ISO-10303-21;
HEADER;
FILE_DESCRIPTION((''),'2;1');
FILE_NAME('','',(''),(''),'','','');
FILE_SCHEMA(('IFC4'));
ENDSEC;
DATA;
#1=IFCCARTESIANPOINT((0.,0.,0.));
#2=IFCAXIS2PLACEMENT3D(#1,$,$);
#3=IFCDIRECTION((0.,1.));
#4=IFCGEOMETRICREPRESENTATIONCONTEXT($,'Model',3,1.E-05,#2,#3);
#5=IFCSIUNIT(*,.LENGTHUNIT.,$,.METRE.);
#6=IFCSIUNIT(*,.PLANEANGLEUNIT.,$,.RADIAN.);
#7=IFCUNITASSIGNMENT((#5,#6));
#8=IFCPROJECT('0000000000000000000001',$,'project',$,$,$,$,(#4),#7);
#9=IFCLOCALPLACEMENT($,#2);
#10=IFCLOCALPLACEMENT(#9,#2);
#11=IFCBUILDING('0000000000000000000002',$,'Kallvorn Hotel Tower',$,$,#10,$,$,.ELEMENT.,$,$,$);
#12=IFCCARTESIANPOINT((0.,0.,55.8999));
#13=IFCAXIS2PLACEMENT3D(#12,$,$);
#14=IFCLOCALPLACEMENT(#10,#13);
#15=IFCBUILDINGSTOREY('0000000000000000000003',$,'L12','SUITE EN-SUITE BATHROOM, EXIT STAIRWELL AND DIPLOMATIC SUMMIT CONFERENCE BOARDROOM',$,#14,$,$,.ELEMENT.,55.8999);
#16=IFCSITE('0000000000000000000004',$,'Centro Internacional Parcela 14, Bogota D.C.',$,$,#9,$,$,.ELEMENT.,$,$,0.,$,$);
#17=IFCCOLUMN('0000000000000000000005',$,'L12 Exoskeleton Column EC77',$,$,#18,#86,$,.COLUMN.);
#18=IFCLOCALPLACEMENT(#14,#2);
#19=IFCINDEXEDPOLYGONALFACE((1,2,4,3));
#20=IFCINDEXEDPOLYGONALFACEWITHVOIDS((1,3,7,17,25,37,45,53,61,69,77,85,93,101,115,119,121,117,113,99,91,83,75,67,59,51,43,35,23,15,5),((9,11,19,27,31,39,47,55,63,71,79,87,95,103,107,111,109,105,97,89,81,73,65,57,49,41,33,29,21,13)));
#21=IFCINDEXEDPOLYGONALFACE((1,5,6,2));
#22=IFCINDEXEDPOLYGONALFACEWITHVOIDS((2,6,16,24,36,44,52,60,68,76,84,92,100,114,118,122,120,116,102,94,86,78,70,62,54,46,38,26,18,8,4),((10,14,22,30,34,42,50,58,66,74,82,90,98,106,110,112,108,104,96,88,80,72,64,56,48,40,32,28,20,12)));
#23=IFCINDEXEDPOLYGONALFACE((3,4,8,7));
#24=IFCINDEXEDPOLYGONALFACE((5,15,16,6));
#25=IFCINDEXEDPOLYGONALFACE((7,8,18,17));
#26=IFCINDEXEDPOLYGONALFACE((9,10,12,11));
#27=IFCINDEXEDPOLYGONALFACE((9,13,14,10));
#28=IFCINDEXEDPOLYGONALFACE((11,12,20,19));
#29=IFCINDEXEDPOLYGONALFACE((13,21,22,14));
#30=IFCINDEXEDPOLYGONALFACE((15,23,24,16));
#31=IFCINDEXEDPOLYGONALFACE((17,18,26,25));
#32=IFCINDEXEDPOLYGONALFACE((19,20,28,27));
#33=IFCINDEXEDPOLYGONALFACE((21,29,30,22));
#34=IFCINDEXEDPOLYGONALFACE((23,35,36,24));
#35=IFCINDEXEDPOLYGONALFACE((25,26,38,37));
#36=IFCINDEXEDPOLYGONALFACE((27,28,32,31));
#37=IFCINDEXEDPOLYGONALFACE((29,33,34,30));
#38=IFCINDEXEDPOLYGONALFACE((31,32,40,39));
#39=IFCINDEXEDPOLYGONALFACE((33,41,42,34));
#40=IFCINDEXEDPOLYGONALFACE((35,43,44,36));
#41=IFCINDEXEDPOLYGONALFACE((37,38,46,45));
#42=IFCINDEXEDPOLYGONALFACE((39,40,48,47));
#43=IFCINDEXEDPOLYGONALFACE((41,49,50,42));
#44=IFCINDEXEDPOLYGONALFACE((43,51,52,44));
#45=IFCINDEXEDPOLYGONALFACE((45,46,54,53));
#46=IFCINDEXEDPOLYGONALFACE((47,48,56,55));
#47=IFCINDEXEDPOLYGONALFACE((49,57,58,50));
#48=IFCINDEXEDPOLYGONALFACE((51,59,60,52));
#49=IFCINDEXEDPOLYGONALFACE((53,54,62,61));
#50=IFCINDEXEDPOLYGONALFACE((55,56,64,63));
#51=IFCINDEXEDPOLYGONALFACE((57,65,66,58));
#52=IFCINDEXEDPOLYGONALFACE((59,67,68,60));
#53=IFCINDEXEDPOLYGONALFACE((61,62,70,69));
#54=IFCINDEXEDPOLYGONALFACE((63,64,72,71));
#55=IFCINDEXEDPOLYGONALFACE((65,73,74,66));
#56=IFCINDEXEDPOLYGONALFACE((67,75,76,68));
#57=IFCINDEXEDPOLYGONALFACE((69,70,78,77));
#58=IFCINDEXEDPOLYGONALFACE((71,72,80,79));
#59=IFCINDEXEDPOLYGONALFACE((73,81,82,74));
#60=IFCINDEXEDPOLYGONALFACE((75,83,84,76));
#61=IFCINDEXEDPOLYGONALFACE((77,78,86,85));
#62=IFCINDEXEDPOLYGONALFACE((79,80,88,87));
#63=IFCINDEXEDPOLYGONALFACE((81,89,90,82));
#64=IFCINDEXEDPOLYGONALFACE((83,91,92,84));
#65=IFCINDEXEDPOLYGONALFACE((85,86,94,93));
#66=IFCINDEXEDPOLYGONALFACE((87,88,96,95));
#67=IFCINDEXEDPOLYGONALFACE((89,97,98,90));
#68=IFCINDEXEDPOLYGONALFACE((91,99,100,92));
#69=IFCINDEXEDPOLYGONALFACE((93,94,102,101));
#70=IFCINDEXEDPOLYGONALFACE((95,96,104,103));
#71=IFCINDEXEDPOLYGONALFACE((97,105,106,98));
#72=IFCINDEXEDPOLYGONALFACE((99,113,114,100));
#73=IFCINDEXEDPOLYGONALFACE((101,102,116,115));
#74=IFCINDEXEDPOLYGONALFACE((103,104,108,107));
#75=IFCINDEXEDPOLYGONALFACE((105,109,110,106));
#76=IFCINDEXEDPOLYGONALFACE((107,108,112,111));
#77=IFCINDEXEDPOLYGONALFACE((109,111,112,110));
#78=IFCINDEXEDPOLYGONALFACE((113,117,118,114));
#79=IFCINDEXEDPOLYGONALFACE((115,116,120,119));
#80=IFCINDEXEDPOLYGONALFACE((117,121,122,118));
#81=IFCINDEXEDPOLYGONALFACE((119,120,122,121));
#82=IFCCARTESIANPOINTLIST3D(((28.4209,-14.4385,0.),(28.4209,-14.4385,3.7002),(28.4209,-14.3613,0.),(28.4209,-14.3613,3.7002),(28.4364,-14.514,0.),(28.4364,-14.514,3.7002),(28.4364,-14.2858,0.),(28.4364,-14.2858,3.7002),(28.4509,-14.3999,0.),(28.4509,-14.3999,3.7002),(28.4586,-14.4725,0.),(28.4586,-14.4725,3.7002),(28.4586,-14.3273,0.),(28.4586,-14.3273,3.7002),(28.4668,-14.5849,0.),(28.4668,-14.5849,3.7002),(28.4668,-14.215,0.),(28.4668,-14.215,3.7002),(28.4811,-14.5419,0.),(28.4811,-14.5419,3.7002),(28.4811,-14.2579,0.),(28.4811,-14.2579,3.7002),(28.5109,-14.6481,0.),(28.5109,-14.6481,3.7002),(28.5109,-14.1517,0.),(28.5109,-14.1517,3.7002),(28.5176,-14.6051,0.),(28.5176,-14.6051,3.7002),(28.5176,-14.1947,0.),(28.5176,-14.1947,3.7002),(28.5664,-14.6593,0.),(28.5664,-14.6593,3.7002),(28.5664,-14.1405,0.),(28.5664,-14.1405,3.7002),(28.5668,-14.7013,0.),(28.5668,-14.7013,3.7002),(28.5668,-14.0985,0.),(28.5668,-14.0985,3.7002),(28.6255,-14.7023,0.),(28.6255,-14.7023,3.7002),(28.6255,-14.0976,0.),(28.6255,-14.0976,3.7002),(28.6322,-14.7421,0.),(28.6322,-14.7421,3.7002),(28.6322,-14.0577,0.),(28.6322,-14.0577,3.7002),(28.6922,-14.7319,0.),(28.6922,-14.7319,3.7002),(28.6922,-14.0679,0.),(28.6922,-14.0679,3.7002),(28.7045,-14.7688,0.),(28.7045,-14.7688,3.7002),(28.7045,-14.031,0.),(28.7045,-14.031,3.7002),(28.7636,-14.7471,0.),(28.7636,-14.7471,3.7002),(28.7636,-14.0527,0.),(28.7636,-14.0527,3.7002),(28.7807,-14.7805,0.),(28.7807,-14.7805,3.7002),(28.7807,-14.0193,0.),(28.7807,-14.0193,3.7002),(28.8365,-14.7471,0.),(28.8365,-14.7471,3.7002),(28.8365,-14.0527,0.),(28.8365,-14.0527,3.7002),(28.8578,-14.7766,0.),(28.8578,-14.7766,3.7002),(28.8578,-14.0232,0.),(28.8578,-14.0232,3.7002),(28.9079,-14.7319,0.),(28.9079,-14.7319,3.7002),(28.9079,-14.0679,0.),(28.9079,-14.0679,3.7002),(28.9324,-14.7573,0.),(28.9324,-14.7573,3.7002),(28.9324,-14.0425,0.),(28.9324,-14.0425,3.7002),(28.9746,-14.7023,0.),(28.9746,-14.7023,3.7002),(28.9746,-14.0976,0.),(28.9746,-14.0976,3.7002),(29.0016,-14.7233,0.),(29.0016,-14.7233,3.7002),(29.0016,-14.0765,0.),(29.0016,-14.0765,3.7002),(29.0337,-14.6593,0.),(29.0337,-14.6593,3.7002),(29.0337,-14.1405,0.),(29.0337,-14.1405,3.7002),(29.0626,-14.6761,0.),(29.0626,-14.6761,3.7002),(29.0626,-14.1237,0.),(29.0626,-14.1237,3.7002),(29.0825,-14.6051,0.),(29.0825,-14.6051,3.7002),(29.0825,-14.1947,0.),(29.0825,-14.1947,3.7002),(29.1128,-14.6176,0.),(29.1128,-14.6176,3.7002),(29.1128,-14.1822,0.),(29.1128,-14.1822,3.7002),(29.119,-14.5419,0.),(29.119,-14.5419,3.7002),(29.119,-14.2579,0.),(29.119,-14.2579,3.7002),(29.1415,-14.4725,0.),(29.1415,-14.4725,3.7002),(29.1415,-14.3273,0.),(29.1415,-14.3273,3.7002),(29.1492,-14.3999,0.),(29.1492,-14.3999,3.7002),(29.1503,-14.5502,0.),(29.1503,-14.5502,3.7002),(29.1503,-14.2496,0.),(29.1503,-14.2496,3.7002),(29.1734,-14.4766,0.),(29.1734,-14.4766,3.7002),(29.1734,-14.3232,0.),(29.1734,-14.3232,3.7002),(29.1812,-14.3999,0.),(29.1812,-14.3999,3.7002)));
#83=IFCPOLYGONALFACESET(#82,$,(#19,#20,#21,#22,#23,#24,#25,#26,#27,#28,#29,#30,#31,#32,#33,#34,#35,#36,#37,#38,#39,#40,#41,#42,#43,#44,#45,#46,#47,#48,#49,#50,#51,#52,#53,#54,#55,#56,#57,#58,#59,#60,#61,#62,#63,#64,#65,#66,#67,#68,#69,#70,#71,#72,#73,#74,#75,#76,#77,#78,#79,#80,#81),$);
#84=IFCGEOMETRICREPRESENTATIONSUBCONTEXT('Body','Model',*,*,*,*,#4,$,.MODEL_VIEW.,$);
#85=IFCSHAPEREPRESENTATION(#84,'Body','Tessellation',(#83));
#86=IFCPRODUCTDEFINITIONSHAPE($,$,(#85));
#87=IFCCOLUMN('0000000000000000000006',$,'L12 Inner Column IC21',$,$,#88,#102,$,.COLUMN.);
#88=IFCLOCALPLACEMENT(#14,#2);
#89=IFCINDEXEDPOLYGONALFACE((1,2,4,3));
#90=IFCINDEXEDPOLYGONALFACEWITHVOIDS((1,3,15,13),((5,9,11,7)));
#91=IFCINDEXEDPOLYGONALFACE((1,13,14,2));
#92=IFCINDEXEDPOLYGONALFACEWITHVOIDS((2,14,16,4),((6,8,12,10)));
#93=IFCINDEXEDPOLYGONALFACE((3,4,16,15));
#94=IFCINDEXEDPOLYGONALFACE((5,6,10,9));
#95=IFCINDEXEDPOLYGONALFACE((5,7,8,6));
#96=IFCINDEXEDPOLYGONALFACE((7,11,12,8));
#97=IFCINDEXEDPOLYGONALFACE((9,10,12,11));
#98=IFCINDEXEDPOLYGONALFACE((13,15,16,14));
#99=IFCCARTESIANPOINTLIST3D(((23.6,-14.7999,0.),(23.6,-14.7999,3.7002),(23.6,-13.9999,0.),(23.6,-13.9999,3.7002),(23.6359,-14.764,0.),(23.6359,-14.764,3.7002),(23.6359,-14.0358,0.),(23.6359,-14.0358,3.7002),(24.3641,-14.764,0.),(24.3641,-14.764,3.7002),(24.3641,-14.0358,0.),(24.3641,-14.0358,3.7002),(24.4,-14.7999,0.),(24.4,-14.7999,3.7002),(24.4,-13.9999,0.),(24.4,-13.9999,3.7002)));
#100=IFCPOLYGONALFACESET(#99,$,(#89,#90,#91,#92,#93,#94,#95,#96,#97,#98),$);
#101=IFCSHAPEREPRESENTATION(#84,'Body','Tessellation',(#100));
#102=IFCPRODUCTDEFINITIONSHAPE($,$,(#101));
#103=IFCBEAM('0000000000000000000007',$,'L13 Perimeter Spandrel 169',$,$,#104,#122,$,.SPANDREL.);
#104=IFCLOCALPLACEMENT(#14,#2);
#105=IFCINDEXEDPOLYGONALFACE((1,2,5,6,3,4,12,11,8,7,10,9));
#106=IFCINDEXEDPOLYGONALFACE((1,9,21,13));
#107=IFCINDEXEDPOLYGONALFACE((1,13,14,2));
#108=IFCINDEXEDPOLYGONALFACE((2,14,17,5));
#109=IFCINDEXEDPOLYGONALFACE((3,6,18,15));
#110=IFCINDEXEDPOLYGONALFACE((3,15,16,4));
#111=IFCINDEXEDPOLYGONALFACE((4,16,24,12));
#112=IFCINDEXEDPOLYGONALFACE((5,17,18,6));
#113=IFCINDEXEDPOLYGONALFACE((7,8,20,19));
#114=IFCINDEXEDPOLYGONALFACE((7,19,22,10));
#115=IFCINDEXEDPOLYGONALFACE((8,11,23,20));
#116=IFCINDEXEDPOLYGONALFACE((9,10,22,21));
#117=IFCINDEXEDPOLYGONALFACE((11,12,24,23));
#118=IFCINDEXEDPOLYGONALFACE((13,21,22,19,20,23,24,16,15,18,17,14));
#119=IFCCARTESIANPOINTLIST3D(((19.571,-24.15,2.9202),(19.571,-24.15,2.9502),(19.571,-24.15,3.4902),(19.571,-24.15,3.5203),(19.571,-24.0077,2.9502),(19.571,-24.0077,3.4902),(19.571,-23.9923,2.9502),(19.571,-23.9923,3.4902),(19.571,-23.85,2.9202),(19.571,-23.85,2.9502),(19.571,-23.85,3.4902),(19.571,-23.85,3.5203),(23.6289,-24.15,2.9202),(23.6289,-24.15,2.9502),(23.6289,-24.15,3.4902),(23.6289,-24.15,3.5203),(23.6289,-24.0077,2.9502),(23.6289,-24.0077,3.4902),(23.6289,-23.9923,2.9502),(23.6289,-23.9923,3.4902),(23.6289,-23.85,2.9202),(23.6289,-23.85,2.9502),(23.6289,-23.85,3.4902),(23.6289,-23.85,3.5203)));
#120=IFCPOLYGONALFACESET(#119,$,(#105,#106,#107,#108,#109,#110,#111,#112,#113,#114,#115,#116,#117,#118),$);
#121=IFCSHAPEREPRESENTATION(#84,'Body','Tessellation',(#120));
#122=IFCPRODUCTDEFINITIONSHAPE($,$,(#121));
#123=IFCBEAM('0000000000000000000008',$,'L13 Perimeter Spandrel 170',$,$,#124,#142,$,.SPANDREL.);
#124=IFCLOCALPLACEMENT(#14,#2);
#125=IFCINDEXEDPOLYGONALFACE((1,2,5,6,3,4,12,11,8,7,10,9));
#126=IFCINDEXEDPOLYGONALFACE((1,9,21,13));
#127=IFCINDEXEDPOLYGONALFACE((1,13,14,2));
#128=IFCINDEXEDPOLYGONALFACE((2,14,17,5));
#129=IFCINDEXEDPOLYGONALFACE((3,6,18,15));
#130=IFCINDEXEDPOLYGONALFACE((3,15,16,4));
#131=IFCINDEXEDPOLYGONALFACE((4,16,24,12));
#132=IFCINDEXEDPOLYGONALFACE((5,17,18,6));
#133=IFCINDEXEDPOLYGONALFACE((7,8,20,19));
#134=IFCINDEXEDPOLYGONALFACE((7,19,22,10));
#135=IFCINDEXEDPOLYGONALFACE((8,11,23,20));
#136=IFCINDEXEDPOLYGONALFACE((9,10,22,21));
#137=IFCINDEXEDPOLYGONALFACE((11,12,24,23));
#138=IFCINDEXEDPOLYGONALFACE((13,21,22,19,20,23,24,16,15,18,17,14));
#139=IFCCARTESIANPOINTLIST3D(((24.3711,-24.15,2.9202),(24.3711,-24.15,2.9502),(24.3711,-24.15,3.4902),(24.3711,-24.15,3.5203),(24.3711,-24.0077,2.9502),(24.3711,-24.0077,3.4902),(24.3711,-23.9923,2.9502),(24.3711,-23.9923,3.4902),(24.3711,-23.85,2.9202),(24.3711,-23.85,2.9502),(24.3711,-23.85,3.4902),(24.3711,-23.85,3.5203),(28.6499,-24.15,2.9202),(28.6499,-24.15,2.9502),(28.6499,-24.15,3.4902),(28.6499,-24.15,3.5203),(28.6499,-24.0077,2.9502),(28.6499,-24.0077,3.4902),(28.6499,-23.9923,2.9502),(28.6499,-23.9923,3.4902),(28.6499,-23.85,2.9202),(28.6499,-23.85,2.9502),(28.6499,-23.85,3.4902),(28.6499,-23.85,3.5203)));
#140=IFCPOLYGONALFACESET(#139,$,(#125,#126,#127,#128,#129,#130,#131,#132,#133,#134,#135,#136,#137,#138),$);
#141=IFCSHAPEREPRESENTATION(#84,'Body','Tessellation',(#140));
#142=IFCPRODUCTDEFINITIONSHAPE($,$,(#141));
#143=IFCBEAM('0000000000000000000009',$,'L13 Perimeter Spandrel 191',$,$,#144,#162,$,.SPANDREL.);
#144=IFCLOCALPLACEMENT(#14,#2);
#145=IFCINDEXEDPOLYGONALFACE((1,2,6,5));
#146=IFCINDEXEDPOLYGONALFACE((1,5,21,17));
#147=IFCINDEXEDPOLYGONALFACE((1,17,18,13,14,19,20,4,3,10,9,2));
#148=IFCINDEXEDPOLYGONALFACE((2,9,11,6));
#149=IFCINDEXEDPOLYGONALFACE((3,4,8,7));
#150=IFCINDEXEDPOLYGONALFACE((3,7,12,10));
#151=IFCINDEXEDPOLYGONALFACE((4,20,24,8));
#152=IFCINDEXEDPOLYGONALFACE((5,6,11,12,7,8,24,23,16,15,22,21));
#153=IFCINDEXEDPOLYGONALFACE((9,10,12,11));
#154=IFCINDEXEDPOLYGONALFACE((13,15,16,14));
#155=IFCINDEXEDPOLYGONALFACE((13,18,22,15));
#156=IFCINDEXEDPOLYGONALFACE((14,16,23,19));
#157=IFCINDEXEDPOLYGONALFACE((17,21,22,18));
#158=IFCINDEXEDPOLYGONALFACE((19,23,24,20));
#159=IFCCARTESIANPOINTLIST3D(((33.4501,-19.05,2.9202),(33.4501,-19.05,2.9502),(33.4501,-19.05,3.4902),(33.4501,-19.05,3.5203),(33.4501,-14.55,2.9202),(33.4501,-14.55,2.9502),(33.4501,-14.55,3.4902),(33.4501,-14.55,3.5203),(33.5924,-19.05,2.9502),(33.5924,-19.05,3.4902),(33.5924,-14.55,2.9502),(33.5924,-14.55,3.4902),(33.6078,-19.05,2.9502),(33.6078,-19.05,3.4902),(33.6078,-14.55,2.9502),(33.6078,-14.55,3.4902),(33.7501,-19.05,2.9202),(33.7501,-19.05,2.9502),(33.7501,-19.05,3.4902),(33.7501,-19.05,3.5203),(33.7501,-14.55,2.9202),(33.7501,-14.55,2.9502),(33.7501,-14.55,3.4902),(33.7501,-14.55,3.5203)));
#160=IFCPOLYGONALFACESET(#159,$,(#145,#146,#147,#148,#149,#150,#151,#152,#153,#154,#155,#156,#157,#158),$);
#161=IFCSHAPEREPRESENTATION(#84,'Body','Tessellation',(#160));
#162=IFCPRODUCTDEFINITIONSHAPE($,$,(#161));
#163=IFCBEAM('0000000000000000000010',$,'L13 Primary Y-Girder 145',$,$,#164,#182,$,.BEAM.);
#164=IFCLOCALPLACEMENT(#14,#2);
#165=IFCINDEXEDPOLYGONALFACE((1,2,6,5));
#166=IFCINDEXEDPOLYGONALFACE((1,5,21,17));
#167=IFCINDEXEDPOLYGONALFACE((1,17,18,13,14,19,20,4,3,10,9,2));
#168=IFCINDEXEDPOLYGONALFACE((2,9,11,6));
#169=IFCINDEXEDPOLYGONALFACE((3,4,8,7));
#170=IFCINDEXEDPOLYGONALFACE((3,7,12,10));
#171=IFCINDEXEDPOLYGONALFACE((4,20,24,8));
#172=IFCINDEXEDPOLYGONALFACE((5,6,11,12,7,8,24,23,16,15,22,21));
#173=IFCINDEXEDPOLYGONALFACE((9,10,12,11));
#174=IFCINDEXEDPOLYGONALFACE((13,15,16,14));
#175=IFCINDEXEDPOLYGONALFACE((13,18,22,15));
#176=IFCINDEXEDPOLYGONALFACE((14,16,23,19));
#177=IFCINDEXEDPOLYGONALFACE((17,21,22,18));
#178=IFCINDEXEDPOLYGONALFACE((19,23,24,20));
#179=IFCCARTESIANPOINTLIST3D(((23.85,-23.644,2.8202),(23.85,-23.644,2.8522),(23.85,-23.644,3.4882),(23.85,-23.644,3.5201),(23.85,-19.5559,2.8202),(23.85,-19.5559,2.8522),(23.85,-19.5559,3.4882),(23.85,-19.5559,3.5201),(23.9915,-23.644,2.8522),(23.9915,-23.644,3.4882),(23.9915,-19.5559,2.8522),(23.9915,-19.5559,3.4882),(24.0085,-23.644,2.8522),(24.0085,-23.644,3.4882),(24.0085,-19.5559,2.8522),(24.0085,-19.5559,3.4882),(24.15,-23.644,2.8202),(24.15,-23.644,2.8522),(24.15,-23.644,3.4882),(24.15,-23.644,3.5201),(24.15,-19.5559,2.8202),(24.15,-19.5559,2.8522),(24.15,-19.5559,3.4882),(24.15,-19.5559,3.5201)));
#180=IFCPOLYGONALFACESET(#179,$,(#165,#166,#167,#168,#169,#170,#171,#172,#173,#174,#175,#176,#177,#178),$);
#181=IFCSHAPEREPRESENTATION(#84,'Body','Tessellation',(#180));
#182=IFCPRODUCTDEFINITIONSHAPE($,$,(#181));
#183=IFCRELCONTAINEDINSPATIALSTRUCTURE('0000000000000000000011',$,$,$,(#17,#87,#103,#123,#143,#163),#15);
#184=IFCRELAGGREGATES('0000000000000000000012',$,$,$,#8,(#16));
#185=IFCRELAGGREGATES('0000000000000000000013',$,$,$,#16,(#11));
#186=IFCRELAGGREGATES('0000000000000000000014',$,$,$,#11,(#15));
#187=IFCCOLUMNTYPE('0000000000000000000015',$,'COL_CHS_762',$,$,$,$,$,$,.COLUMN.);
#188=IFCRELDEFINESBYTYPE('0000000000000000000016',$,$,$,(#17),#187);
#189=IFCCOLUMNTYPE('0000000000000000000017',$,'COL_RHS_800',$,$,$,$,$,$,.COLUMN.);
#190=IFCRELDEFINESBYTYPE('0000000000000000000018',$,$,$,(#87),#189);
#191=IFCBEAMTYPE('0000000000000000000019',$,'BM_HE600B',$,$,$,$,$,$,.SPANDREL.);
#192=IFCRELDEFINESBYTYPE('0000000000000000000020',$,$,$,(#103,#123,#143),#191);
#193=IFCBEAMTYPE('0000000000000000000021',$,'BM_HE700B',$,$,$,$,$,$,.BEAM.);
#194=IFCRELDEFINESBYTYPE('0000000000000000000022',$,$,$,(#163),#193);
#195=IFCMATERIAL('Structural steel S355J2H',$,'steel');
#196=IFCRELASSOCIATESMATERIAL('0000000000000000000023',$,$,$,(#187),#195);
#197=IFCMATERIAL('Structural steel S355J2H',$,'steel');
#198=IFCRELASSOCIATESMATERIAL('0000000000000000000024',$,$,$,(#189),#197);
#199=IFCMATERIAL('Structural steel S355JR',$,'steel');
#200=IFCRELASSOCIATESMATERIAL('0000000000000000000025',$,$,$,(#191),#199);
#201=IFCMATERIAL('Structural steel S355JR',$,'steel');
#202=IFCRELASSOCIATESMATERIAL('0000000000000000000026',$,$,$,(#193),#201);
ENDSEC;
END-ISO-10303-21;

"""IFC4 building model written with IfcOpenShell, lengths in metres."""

from ifc_helpers import new_model, si_unit, direction, frame, origin, origin_2d, place, context, subcontext, project, spatial, hollow_rectangle, hollow_circle, i_section, extrude, material, material_profile, profile_set, type_object, element, save


model = new_model("IFC4")

# Units and contexts
model_context = context("Model", 3, precision=1e-05, world=origin(), true_north=direction((0.0, 1.0)))
body_context = subcontext(model_context, "Body", "Model", "MODEL_VIEW")
ifc_project = project(units=[si_unit("LENGTHUNIT", "METRE"), si_unit("PLANEANGLEUNIT", "RADIAN")], contexts=[model_context])

# Site, building, storey
site_placement = place(None, origin())
site = spatial("IfcSite", under=ifc_project, at=site_placement, Name="Centro Internacional Parcela 14, Bogota D.C.", CompositionType="ELEMENT", RefElevation=0.0)
building_placement = place(site_placement, origin())
building = spatial("IfcBuilding", under=site, at=building_placement, Name="Kallvorn Hotel Tower", CompositionType="ELEMENT")
storey_placement = place(building_placement, frame((0.0, 0.0, 55.8999)))
storey = spatial("IfcBuildingStorey", under=building, at=storey_placement, Name="L12", Description="SUITE EN-SUITE BATHROOM, EXIT STAIRWELL AND DIPLOMATIC SUMMIT CONFERENCE BOARDROOM", CompositionType="ELEMENT", Elevation=55.8999)

# Columns
ifc_material_1 = material(Name="Structural steel S355J2H", Category="steel")
ifc_material_profile_1 = material_profile(ifc_material_1, hollow_circle(Radius=0.3811, WallThickness=0.032, at=origin_2d()), Name="CHS 762x32")
ifc_profile_set_1 = profile_set([ifc_material_profile_1], Name="Structural steel S355J2H")
column_type_1 = type_object("IfcColumnType", Name="COL_CHS_762", PredefinedType="COLUMN", material=ifc_profile_set_1)
for number, where, z_axis, x_axis, name in (
    (1, (28.8, -14.3999, 0.0), (0.0, 0.0, 1.0), (1.0, 0.0, 0.0), "L12 Exoskeleton Column EC77"),
):
    element("IfcColumn", number, at=place(storey_placement, frame(where, z_axis=z_axis, x_axis=x_axis)), inside=storey, type_object=column_type_1, Name=name, PredefinedType="COLUMN", context=body_context, shape_type="SweptSolid", body=[
        extrude(hollow_circle(Radius=0.3811, WallThickness=0.032, at=origin_2d()), origin(), (0.0, 0.0, 1.0), 3.7002),
    ])
ifc_material_2 = material(Name="Structural steel S355J2H", Category="steel")
ifc_material_profile_2 = material_profile(ifc_material_2, hollow_rectangle(XDim=0.8, YDim=0.8, WallThickness=0.0359, at=origin_2d()), Name="RHS 800x800x36")
ifc_profile_set_2 = profile_set([ifc_material_profile_2], Name="Structural steel S355J2H")
column_type_2 = type_object("IfcColumnType", Name="COL_RHS_800", PredefinedType="COLUMN", material=ifc_profile_set_2)
column_placement = place(storey_placement, frame((24.0, -14.3999, 0.0), z_axis=(0.0, 0.0, 1.0), x_axis=(1.0, 0.0, 0.0)))
element("IfcColumn", 2, at=column_placement, inside=storey, type_object=column_type_2, Name="L12 Inner Column IC21", PredefinedType="COLUMN", context=body_context, shape_type="SweptSolid", body=[
    extrude(hollow_rectangle(XDim=0.8, YDim=0.8, WallThickness=0.0359, at=origin_2d()), origin(), (0.0, 0.0, 1.0), 3.7002),
])

# Beams
ifc_material_3 = material(Name="Structural steel S355JR", Category="steel")
ifc_material_profile_3 = material_profile(ifc_material_3, i_section(OverallWidth=0.3, OverallDepth=0.6001, WebThickness=0.0154, FlangeThickness=0.03, at=origin_2d()), Name="HE 600 B")
ifc_profile_set_3 = profile_set([ifc_material_profile_3], Name="Structural steel S355JR")
beam_type_1 = type_object("IfcBeamType", Name="BM_HE600B", PredefinedType="SPANDREL", material=ifc_profile_set_3)
beam_1_placement = place(storey_placement, frame((19.571, -24.0, 3.2202), z_axis=(1.0, 0.0, 0.0), x_axis=(0.0, 1.0, 0.0)))
element("IfcBeam", 3, at=beam_1_placement, inside=storey, type_object=beam_type_1, Name="L13 Perimeter Spandrel 169", PredefinedType="SPANDREL", context=body_context, shape_type="SweptSolid", body=[
    extrude(i_section(OverallWidth=0.3, OverallDepth=0.6001, WebThickness=0.0154, FlangeThickness=0.03, at=origin_2d()), origin(), (0.0, 0.0, 1.0), 4.0579),
])
beam_2_placement = place(storey_placement, frame((24.3711, -24.0, 3.2202), z_axis=(1.0, 0.0, 0.0), x_axis=(0.0, 1.0, 0.0)))
element("IfcBeam", 4, at=beam_2_placement, inside=storey, type_object=beam_type_1, Name="L13 Perimeter Spandrel 170", PredefinedType="SPANDREL", context=body_context, shape_type="SweptSolid", body=[
    extrude(i_section(OverallWidth=0.3, OverallDepth=0.6001, WebThickness=0.0154, FlangeThickness=0.03, at=origin_2d()), origin(), (0.0, 0.0, 1.0), 4.2788),
])
beam_3_placement = place(storey_placement, frame((33.6001, -19.05, 3.2202), z_axis=(0.0, 1.0, 0.0), x_axis=(-1.0, 0.0, 0.0)))
element("IfcBeam", 5, at=beam_3_placement, inside=storey, type_object=beam_type_1, Name="L13 Perimeter Spandrel 191", PredefinedType="SPANDREL", context=body_context, shape_type="SweptSolid", body=[
    extrude(i_section(OverallWidth=0.3, OverallDepth=0.6001, WebThickness=0.0154, FlangeThickness=0.03, at=origin_2d()), origin(), (0.0, 0.0, 1.0), 4.5),
])
ifc_material_4 = material(Name="Structural steel S355JR", Category="steel")
ifc_material_profile_4 = material_profile(ifc_material_4, i_section(OverallWidth=0.3, OverallDepth=0.7, WebThickness=0.0171, FlangeThickness=0.032, at=origin_2d()), Name="HE 700 B")
ifc_profile_set_4 = profile_set([ifc_material_profile_4], Name="Structural steel S355JR")
beam_type_2 = type_object("IfcBeamType", Name="BM_HE700B", PredefinedType="BEAM", material=ifc_profile_set_4)
beam_4_placement = place(storey_placement, frame((24.0, -23.644, 3.1702), z_axis=(0.0, 1.0, 0.0), x_axis=(-1.0, 0.0, 0.0)))
element("IfcBeam", 6, at=beam_4_placement, inside=storey, type_object=beam_type_2, Name="L13 Primary Y-Girder 145", PredefinedType="BEAM", context=body_context, shape_type="SweptSolid", body=[
    extrude(i_section(OverallWidth=0.3, OverallDepth=0.7, WebThickness=0.0171, FlangeThickness=0.032, at=origin_2d()), origin(), (0.0, 0.0, 1.0), 4.0881),
])

save(model, "model.ifc")
